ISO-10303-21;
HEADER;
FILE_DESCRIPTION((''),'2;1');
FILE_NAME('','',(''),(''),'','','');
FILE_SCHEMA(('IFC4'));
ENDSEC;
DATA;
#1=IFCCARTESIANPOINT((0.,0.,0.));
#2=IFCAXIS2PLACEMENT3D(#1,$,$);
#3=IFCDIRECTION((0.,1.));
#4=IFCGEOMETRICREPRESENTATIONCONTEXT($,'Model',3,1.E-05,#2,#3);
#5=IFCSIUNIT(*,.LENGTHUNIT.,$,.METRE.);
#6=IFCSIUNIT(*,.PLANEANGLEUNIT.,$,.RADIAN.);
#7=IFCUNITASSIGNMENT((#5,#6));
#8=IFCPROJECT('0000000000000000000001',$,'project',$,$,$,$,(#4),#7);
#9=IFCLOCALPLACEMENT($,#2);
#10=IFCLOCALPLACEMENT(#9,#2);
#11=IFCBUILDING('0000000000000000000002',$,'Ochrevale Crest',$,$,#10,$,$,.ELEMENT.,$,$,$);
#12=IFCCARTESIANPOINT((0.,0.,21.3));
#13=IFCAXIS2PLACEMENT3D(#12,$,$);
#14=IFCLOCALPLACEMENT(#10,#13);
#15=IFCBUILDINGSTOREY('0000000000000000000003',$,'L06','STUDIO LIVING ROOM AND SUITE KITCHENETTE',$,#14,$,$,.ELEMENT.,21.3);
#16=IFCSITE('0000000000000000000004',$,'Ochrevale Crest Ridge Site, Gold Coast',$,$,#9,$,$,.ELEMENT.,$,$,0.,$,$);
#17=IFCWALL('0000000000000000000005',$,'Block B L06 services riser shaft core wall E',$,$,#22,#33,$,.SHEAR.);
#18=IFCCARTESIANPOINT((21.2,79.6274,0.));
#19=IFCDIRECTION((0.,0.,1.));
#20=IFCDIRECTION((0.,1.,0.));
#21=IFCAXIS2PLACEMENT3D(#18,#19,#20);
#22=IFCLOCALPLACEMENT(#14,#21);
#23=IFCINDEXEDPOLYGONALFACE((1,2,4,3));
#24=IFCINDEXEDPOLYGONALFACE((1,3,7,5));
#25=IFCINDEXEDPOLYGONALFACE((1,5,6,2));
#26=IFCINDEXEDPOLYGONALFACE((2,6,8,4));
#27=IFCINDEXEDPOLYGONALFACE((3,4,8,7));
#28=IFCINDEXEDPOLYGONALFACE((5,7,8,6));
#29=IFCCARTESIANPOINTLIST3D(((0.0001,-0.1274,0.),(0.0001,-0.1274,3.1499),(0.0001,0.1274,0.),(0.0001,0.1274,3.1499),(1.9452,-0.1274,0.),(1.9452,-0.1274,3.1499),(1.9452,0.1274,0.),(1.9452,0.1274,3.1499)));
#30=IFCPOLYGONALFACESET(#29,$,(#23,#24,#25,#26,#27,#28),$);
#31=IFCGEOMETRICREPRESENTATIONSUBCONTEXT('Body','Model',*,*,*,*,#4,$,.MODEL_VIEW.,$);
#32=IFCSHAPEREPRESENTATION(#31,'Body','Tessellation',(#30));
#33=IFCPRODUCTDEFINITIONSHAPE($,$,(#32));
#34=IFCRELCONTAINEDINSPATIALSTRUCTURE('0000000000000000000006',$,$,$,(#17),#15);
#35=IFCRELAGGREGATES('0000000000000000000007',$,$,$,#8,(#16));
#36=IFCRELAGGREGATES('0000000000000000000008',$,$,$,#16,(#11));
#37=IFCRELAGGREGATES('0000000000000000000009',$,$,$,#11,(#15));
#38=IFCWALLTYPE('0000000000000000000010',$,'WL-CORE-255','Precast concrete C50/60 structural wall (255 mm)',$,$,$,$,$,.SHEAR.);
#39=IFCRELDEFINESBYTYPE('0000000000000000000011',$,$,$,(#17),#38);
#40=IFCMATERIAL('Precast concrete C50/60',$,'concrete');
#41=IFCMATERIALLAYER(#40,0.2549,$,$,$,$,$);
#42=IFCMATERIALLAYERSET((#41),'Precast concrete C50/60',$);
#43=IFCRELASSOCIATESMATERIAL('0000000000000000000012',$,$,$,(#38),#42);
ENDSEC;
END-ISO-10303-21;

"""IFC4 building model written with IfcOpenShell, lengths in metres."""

from ifc_helpers import new_model, si_unit, direction, frame, frame_2d, origin, place, context, subcontext, project, spatial, rectangle, extrude, material, layer, layer_set, type_object, element, save


model = new_model("IFC4")

# Units and contexts
model_context = context("Model", 3, precision=1e-05, world=origin(), true_north=direction((0.0, 1.0)))
body_context = subcontext(model_context, "Body", "Model", "MODEL_VIEW")
ifc_project = project(units=[si_unit("LENGTHUNIT", "METRE"), si_unit("PLANEANGLEUNIT", "RADIAN")], contexts=[model_context])

# Site, building, storey
site_placement = place(None, origin())
site = spatial("IfcSite", under=ifc_project, at=site_placement, Name="Ochrevale Crest Ridge Site, Gold Coast", CompositionType="ELEMENT", RefElevation=0.0)
building_placement = place(site_placement, origin())
building = spatial("IfcBuilding", under=site, at=building_placement, Name="Ochrevale Crest", CompositionType="ELEMENT")
storey_placement = place(building_placement, frame((0.0, 0.0, 21.3)))
storey = spatial("IfcBuildingStorey", under=building, at=storey_placement, Name="L06", Description="STUDIO LIVING ROOM AND SUITE KITCHENETTE", CompositionType="ELEMENT", Elevation=21.3)

# Shared definitions
ifc_material_1 = material(Name="Precast concrete C50/60", Category="concrete")

# Shared definitions
ifc_layer_1 = layer(ifc_material_1, 0.2549)
ifc_layer_set_1 = layer_set([ifc_layer_1], Name="Precast concrete C50/60")
wall_type_1 = type_object("IfcWallType", Name="WL-CORE-255", Description="Precast concrete C50/60 structural wall (255 mm)", PredefinedType="SHEAR", material=ifc_layer_set_1)

# Wall
wall_1_placement = place(storey_placement, frame((21.2, 79.6274, 0.0), z_axis=(0.0, 0.0, 1.0), x_axis=(0.0, 1.0, 0.0)))
element("IfcWall", 1, at=wall_1_placement, inside=storey, type_object=wall_type_1, Name="Block B L06 services riser shaft core wall E", PredefinedType="SHEAR", context=body_context, shape_type="SweptSolid", body=[
    extrude(rectangle(XDim=1.9451, YDim=0.2549, at=frame_2d((0.9727, 0.0))), origin(), (0.0, 0.0, 1.0), 3.1499),
])

save(model, "model.ifc")
